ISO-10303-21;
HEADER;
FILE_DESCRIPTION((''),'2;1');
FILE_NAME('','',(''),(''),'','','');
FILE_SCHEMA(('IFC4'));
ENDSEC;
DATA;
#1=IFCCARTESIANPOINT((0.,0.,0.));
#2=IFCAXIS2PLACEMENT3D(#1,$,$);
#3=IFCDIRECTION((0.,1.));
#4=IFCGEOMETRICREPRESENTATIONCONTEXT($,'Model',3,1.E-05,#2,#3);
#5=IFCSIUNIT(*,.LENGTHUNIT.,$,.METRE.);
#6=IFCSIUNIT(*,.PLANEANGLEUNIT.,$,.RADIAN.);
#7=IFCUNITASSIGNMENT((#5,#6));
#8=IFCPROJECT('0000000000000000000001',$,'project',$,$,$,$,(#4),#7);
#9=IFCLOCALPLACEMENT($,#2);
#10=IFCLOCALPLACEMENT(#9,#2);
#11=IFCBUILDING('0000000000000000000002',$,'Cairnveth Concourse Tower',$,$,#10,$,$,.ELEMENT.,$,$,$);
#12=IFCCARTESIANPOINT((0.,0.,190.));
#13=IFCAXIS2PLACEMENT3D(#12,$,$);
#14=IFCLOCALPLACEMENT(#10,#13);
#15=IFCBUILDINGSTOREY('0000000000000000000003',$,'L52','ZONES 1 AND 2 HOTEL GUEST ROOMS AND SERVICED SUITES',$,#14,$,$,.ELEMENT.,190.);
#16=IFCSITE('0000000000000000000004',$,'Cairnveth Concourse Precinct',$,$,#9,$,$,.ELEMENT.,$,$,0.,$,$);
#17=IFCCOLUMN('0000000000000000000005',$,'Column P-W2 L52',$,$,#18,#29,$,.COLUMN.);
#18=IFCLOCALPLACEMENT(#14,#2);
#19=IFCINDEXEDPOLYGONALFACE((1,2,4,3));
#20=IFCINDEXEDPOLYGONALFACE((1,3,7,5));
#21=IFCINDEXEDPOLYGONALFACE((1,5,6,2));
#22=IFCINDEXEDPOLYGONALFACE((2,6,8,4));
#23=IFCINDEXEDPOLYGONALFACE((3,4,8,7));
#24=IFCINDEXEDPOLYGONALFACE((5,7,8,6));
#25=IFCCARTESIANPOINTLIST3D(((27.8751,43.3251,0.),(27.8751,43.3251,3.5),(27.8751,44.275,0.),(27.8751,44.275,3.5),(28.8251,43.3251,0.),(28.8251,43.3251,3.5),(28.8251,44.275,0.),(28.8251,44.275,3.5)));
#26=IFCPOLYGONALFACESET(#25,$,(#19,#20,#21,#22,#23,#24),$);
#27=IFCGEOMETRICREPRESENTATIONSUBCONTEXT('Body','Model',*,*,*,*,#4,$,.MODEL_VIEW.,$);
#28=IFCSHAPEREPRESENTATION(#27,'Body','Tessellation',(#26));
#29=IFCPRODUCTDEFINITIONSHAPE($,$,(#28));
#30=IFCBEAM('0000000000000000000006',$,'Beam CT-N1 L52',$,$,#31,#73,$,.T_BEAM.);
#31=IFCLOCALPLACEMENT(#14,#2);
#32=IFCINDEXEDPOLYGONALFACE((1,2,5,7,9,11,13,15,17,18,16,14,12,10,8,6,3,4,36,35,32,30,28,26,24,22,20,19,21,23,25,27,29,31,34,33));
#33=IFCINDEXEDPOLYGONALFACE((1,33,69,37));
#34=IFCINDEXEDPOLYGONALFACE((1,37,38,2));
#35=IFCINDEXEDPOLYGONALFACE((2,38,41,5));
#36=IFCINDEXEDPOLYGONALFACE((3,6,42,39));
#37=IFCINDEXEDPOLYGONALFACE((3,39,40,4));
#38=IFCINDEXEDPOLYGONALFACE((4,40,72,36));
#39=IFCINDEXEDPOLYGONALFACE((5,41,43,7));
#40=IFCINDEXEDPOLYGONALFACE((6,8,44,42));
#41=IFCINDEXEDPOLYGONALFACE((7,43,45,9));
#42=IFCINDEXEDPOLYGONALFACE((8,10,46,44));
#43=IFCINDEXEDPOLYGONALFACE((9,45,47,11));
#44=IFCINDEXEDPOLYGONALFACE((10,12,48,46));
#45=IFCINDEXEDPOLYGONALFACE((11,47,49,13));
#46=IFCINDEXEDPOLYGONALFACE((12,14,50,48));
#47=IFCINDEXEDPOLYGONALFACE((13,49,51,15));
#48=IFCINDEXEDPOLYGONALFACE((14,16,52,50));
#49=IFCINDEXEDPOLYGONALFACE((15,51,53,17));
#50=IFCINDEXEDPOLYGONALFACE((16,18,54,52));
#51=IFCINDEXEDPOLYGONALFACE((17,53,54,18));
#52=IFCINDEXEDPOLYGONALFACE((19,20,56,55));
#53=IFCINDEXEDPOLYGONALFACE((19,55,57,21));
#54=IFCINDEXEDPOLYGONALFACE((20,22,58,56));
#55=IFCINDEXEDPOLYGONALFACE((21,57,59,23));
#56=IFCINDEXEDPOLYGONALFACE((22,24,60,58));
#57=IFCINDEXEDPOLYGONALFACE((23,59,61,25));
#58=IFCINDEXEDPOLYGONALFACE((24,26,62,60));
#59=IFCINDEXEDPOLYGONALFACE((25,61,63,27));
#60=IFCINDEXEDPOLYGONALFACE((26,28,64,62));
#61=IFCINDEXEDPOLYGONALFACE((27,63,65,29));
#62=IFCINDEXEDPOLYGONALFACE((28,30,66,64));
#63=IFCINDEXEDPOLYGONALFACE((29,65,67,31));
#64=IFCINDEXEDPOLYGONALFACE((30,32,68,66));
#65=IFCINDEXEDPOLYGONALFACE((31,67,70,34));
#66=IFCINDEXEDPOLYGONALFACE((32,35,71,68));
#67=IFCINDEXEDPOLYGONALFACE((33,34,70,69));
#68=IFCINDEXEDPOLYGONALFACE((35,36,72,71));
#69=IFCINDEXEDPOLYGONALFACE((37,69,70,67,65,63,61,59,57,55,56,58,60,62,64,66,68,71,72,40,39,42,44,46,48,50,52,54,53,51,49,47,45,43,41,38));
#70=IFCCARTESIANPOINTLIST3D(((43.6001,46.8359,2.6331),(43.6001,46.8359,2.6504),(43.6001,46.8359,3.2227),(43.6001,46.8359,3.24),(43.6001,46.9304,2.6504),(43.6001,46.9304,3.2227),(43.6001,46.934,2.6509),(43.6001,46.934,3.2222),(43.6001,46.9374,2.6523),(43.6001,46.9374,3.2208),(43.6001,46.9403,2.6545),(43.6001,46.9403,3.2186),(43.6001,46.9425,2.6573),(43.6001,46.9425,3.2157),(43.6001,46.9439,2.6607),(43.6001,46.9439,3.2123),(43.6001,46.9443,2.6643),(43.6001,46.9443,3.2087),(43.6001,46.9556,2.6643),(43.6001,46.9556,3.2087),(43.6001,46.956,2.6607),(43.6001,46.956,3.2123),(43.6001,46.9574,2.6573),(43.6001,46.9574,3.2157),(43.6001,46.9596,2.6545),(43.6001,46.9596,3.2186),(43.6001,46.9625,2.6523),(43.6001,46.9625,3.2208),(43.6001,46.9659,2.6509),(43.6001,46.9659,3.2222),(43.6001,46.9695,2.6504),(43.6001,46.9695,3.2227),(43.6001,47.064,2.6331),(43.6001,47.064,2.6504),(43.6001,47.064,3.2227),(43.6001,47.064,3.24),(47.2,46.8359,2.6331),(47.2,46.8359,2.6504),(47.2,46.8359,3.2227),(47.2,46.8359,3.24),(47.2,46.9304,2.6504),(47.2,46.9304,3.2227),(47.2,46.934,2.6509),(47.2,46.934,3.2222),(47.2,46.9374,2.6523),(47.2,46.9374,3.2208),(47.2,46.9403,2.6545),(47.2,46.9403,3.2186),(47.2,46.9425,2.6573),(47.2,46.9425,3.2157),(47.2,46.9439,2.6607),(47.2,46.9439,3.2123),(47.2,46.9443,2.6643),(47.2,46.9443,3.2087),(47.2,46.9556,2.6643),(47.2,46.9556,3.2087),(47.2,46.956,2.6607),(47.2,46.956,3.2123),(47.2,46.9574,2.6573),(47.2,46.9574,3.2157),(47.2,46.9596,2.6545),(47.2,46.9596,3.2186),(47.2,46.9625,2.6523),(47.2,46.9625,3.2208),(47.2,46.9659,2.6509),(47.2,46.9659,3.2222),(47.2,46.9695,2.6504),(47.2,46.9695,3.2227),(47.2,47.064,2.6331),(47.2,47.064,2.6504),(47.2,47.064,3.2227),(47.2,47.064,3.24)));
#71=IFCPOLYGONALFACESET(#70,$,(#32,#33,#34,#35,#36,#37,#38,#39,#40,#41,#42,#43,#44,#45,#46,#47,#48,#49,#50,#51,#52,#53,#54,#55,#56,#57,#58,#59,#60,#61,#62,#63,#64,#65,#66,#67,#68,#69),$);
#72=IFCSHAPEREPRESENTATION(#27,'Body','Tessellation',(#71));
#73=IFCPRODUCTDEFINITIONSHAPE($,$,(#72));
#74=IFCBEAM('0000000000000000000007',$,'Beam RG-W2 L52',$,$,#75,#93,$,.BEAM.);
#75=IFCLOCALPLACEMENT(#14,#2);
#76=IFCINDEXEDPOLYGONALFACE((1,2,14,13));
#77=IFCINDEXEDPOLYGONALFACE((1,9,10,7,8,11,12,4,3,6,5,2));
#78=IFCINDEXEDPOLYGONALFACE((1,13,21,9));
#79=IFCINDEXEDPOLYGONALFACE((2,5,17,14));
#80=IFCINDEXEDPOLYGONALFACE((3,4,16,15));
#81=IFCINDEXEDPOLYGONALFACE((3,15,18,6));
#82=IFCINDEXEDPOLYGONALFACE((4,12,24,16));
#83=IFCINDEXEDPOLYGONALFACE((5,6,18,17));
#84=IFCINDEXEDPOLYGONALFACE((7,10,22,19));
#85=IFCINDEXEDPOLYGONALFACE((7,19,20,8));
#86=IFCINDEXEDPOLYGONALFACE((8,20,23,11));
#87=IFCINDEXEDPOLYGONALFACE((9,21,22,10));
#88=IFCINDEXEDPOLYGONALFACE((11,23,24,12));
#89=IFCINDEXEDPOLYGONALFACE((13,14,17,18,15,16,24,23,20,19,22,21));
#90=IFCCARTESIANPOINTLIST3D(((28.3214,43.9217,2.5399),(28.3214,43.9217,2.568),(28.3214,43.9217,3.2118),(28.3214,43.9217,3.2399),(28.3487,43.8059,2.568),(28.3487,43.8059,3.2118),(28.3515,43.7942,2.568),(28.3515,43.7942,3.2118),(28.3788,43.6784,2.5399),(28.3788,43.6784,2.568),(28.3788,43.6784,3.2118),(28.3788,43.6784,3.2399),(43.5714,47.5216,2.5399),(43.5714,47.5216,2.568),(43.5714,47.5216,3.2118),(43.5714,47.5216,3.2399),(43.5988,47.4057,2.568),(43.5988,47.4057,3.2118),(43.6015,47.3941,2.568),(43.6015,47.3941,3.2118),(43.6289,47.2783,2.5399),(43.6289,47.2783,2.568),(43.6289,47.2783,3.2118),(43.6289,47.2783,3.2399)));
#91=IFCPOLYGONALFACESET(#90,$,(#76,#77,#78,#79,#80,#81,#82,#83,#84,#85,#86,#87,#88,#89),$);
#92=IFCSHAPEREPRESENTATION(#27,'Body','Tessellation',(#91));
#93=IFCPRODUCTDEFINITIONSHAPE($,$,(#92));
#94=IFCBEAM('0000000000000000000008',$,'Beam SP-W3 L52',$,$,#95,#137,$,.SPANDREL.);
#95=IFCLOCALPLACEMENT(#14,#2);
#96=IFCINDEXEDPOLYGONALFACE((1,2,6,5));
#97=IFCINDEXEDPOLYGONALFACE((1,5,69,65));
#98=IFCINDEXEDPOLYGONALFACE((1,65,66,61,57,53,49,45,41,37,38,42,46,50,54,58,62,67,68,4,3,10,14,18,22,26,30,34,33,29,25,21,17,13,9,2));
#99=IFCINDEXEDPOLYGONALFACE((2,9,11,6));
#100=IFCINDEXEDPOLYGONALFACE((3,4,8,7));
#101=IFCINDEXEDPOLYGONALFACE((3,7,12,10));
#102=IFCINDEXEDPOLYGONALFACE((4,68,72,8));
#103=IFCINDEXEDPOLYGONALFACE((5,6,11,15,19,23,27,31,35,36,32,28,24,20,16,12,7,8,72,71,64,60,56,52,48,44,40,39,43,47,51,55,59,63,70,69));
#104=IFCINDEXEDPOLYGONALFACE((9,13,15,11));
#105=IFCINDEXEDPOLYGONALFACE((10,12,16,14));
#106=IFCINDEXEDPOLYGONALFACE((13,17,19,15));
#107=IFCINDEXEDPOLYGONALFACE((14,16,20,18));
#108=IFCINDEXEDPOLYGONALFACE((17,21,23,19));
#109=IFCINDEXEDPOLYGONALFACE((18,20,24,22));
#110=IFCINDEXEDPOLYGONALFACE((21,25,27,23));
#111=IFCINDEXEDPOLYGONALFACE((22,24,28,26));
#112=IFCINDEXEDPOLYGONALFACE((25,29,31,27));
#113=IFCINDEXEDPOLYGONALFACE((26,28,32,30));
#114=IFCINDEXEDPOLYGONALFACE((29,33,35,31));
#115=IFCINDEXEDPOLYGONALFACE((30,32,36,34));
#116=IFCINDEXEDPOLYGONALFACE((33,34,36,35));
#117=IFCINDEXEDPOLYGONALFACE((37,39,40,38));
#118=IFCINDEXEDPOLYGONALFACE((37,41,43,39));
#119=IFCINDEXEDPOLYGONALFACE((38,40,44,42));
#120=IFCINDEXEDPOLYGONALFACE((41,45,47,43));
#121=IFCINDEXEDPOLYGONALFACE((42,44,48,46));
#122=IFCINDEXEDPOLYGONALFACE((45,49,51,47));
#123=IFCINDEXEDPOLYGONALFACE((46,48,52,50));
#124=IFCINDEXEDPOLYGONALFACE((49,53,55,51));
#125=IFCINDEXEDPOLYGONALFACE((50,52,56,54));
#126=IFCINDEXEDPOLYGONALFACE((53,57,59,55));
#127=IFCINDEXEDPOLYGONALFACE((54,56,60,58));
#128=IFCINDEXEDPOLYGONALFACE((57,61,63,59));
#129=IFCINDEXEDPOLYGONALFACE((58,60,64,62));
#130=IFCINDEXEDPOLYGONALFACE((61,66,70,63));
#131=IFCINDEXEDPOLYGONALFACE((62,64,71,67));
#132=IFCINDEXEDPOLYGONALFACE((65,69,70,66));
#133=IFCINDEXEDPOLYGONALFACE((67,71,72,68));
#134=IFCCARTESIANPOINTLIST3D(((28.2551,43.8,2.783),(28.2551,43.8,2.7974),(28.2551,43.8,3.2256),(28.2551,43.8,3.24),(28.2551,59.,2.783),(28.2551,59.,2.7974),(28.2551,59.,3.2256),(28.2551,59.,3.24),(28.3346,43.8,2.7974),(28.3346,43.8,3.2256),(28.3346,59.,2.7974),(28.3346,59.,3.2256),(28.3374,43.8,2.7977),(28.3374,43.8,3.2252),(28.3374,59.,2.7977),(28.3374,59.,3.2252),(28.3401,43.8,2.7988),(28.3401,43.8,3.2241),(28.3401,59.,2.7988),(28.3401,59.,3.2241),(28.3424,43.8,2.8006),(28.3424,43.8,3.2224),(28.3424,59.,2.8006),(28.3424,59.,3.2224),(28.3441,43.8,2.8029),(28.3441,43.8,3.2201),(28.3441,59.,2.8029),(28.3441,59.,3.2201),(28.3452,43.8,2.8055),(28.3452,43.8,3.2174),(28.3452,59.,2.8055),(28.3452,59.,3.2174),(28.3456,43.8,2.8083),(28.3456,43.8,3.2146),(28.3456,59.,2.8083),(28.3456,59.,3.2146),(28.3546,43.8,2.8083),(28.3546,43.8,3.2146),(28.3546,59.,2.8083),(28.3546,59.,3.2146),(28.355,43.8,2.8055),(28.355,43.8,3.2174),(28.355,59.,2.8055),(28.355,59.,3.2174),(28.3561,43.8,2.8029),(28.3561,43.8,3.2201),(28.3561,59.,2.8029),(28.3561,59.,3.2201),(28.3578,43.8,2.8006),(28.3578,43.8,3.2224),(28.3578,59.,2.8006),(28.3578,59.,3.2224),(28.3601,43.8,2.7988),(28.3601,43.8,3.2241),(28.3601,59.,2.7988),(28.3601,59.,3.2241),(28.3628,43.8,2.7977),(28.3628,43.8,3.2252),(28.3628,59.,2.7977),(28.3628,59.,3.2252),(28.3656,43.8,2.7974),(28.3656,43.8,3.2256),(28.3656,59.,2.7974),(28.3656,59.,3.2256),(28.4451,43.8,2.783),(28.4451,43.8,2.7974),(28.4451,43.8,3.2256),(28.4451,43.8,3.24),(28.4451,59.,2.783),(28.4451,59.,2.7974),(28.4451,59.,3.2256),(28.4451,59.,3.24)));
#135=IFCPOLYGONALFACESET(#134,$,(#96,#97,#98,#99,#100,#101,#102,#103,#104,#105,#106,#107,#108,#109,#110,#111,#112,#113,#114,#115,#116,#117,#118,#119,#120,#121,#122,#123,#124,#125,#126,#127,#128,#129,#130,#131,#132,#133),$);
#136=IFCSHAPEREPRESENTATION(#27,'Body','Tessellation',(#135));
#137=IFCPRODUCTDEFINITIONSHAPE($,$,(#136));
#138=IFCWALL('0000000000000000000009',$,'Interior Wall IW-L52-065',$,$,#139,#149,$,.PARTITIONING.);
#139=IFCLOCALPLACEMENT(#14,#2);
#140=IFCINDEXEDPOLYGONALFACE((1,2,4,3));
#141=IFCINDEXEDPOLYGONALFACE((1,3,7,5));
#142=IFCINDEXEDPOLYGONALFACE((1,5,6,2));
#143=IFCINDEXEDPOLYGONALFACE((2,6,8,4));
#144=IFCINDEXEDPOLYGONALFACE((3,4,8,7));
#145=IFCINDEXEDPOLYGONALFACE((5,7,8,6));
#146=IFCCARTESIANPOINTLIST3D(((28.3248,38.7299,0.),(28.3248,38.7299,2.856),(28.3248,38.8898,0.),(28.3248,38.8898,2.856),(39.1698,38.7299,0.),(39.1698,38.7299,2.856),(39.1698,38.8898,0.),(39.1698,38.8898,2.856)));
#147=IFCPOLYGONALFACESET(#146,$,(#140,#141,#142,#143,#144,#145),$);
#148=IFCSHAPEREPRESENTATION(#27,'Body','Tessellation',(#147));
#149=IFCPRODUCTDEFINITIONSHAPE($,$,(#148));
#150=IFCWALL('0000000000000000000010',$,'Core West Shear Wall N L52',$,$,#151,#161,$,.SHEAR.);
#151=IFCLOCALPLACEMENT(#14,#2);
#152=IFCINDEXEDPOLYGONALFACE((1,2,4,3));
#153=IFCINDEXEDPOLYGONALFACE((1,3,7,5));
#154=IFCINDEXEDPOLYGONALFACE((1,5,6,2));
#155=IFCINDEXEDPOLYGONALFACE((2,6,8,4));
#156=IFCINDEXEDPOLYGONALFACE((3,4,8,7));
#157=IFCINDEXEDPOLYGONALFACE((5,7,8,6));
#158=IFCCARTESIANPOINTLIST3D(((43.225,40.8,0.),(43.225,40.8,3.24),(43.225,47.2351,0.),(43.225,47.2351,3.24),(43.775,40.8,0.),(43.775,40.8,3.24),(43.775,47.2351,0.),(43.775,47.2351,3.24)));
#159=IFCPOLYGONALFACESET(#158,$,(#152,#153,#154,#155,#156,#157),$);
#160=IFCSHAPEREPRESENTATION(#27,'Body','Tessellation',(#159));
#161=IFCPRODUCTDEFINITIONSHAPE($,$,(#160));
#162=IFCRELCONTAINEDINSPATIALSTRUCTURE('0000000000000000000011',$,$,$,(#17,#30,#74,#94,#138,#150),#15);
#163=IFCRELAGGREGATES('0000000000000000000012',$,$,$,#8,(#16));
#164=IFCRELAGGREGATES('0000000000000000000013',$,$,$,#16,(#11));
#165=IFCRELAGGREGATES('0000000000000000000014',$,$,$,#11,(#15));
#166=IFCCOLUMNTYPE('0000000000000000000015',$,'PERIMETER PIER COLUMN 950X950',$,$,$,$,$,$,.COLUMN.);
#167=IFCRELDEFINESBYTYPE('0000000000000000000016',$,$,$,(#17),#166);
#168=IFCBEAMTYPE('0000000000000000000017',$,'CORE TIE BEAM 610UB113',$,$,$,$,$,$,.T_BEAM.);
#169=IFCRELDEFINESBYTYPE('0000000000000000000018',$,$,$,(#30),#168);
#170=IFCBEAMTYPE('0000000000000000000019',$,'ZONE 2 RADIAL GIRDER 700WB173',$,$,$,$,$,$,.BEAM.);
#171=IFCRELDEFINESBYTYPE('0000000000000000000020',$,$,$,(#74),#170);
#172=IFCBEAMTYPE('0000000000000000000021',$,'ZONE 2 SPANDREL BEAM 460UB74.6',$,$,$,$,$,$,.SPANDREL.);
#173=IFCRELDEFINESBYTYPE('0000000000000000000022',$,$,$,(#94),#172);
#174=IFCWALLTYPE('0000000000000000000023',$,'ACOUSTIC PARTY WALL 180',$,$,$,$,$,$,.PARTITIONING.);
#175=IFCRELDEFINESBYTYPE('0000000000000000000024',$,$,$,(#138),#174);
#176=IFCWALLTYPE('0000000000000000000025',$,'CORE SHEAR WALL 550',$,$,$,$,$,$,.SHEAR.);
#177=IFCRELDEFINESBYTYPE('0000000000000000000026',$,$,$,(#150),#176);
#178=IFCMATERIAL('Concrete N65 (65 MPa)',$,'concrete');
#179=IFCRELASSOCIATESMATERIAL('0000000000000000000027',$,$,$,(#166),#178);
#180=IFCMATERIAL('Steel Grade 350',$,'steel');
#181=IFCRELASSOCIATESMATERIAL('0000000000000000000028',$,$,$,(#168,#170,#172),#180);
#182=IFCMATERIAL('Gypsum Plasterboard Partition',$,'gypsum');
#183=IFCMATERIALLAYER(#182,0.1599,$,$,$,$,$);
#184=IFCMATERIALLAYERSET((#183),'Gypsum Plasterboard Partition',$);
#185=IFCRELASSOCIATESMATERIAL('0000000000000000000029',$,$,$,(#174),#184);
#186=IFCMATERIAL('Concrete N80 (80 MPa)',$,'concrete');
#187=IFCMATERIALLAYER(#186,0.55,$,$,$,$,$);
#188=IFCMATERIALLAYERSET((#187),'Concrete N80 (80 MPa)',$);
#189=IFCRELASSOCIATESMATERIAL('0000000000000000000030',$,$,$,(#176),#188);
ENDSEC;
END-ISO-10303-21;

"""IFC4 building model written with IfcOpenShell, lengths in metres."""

from ifc_helpers import new_model, si_unit, direction, frame, frame_2d, origin, origin_2d, place, context, subcontext, project, spatial, rectangle, i_section, extrude, material, layer, layer_set, material_profile, profile_set, type_object, element, save


model = new_model("IFC4")

# Units and contexts
model_context = context("Model", 3, precision=1e-05, world=origin(), true_north=direction((0.0, 1.0)))
body_context = subcontext(model_context, "Body", "Model", "MODEL_VIEW")
ifc_project = project(units=[si_unit("LENGTHUNIT", "METRE"), si_unit("PLANEANGLEUNIT", "RADIAN")], contexts=[model_context])

# Site, building, storey
site_placement = place(None, origin())
site = spatial("IfcSite", under=ifc_project, at=site_placement, Name="Cairnveth Concourse Precinct", CompositionType="ELEMENT", RefElevation=0.0)
building_placement = place(site_placement, origin())
building = spatial("IfcBuilding", under=site, at=building_placement, Name="Cairnveth Concourse Tower", CompositionType="ELEMENT")
storey_placement = place(building_placement, frame((0.0, 0.0, 190.0)))
storey = spatial("IfcBuildingStorey", under=building, at=storey_placement, Name="L52", Description="ZONES 1 AND 2 HOTEL GUEST ROOMS AND SERVICED SUITES", CompositionType="ELEMENT", Elevation=190.0)

# Column
ifc_material_1 = material(Name="Concrete N65 (65 MPa)", Category="concrete")
ifc_material_profile_1 = material_profile(ifc_material_1, rectangle(XDim=0.95, YDim=0.95, at=origin_2d()), Name="RC-COL-950x950")
ifc_profile_set_1 = profile_set([ifc_material_profile_1], Name="Concrete N65 (65 MPa)")
column_type = type_object("IfcColumnType", Name="PERIMETER PIER COLUMN 950X950", PredefinedType="COLUMN", material=ifc_profile_set_1)
column_placement = place(storey_placement, frame((28.3501, 43.8, 0.0), z_axis=(0.0, 0.0, 1.0), x_axis=(0.0, 1.0, 0.0)))
element("IfcColumn", 1, at=column_placement, inside=storey, type_object=column_type, Name="Column P-W2 L52", PredefinedType="COLUMN", context=body_context, shape_type="SweptSolid", body=[
    extrude(rectangle(XDim=0.95, YDim=0.95, at=origin_2d()), origin(), (0.0, 0.0, 1.0), 3.5),
])

# Beams
ifc_material_2 = material(Name="Steel Grade 350", Category="steel")
ifc_material_profile_2 = material_profile(ifc_material_2, i_section(OverallWidth=0.228, OverallDepth=0.6069, WebThickness=0.0112, FlangeThickness=0.0173, FilletRadius=0.0139, at=origin_2d()), Name="610UB113")
ifc_profile_set_2 = profile_set([ifc_material_profile_2], Name="Steel Grade 350")
beam_type_1 = type_object("IfcBeamType", Name="CORE TIE BEAM 610UB113", PredefinedType="T_BEAM", material=ifc_profile_set_2)
beam_1_placement = place(storey_placement, frame((43.6001, 46.95, 2.9365), z_axis=(1.0, 0.0, 0.0), x_axis=(0.0, 1.0, 0.0)))
element("IfcBeam", 2, at=beam_1_placement, inside=storey, type_object=beam_type_1, Name="Beam CT-N1 L52", PredefinedType="T_BEAM", context=body_context, shape_type="SweptSolid", body=[
    extrude(i_section(OverallWidth=0.228, OverallDepth=0.6069, WebThickness=0.0112, FlangeThickness=0.0173, FilletRadius=0.0139, at=origin_2d()), origin(), (0.0, 0.0, 1.0), 3.5999),
])
ifc_material_profile_3 = material_profile(ifc_material_2, i_section(OverallWidth=0.25, OverallDepth=0.7, WebThickness=0.012, FlangeThickness=0.0281, at=origin_2d()), Name="700WB173")
ifc_profile_set_3 = profile_set([ifc_material_profile_3], Name="Steel Grade 350")
beam_type_2 = type_object("IfcBeamType", Name="ZONE 2 RADIAL GIRDER 700WB173", PredefinedType="BEAM", material=ifc_profile_set_3)
beam_2_placement = place(storey_placement, frame((28.3501, 43.8, 2.8899), z_axis=(0.973252, 0.229742, 0.0), x_axis=(-0.229742, 0.973252, 0.0)))
element("IfcBeam", 3, at=beam_2_placement, inside=storey, type_object=beam_type_2, Name="Beam RG-W2 L52", PredefinedType="BEAM", context=body_context, shape_type="SweptSolid", body=[
    extrude(i_section(OverallWidth=0.25, OverallDepth=0.7, WebThickness=0.012, FlangeThickness=0.0281, at=origin_2d()), origin(), (0.0, 0.0, 1.0), 15.6692),
])
ifc_material_profile_4 = material_profile(ifc_material_2, i_section(OverallWidth=0.1899, OverallDepth=0.457, WebThickness=0.009, FlangeThickness=0.0144, FilletRadius=0.011, at=origin_2d()), Name="460UB74.6")
ifc_profile_set_4 = profile_set([ifc_material_profile_4], Name="Steel Grade 350")
beam_type_3 = type_object("IfcBeamType", Name="ZONE 2 SPANDREL BEAM 460UB74.6", PredefinedType="SPANDREL", material=ifc_profile_set_4)
beam_3_placement = place(storey_placement, frame((28.3501, 43.8, 3.0115), z_axis=(0.0, 1.0, 0.0), x_axis=(-1.0, 0.0, 0.0)))
element("IfcBeam", 4, at=beam_3_placement, inside=storey, type_object=beam_type_3, Name="Beam SP-W3 L52", PredefinedType="SPANDREL", context=body_context, shape_type="SweptSolid", body=[
    extrude(i_section(OverallWidth=0.1899, OverallDepth=0.457, WebThickness=0.009, FlangeThickness=0.0144, FilletRadius=0.011, at=origin_2d()), origin(), (0.0, 0.0, 1.0), 15.2),
])

# Walls
ifc_material_3 = material(Name="Gypsum Plasterboard Partition", Category="gypsum")
ifc_layer_1 = layer(ifc_material_3, 0.1599)
ifc_layer_set_1 = layer_set([ifc_layer_1], Name="Gypsum Plasterboard Partition")
wall_type_1 = type_object("IfcWallType", Name="ACOUSTIC PARTY WALL 180", PredefinedType="PARTITIONING", material=ifc_layer_set_1)
wall_1_placement = place(storey_placement, frame((28.325, 38.8098, 0.0), z_axis=(0.0, 0.0, 1.0), x_axis=(1.0, 0.0, 0.0)))
element("IfcWall", 5, at=wall_1_placement, inside=storey, type_object=wall_type_1, Name="Interior Wall IW-L52-065", PredefinedType="PARTITIONING", context=body_context, shape_type="SweptSolid", body=[
    extrude(rectangle(XDim=10.845, YDim=0.1599, at=frame_2d((5.4224, 0.0))), origin(), (0.0, 0.0, 1.0), 2.856),
])
ifc_material_4 = material(Name="Concrete N80 (80 MPa)", Category="concrete")
ifc_layer_2 = layer(ifc_material_4, 0.55)
ifc_layer_set_2 = layer_set([ifc_layer_2], Name="Concrete N80 (80 MPa)")
wall_type_2 = type_object("IfcWallType", Name="CORE SHEAR WALL 550", PredefinedType="SHEAR", material=ifc_layer_set_2)
wall_2_placement = place(storey_placement, frame((43.5, 40.8, 0.0), z_axis=(0.0, 0.0, 1.0), x_axis=(0.0, 1.0, 0.0)))
element("IfcWall", 6, at=wall_2_placement, inside=storey, type_object=wall_type_2, Name="Core West Shear Wall N L52", PredefinedType="SHEAR", context=body_context, shape_type="SweptSolid", body=[
    extrude(rectangle(XDim=6.4351, YDim=0.55, at=frame_2d((3.2175, 0.0))), origin(), (0.0, 0.0, 1.0), 3.24),
])

save(model, "model.ifc")
